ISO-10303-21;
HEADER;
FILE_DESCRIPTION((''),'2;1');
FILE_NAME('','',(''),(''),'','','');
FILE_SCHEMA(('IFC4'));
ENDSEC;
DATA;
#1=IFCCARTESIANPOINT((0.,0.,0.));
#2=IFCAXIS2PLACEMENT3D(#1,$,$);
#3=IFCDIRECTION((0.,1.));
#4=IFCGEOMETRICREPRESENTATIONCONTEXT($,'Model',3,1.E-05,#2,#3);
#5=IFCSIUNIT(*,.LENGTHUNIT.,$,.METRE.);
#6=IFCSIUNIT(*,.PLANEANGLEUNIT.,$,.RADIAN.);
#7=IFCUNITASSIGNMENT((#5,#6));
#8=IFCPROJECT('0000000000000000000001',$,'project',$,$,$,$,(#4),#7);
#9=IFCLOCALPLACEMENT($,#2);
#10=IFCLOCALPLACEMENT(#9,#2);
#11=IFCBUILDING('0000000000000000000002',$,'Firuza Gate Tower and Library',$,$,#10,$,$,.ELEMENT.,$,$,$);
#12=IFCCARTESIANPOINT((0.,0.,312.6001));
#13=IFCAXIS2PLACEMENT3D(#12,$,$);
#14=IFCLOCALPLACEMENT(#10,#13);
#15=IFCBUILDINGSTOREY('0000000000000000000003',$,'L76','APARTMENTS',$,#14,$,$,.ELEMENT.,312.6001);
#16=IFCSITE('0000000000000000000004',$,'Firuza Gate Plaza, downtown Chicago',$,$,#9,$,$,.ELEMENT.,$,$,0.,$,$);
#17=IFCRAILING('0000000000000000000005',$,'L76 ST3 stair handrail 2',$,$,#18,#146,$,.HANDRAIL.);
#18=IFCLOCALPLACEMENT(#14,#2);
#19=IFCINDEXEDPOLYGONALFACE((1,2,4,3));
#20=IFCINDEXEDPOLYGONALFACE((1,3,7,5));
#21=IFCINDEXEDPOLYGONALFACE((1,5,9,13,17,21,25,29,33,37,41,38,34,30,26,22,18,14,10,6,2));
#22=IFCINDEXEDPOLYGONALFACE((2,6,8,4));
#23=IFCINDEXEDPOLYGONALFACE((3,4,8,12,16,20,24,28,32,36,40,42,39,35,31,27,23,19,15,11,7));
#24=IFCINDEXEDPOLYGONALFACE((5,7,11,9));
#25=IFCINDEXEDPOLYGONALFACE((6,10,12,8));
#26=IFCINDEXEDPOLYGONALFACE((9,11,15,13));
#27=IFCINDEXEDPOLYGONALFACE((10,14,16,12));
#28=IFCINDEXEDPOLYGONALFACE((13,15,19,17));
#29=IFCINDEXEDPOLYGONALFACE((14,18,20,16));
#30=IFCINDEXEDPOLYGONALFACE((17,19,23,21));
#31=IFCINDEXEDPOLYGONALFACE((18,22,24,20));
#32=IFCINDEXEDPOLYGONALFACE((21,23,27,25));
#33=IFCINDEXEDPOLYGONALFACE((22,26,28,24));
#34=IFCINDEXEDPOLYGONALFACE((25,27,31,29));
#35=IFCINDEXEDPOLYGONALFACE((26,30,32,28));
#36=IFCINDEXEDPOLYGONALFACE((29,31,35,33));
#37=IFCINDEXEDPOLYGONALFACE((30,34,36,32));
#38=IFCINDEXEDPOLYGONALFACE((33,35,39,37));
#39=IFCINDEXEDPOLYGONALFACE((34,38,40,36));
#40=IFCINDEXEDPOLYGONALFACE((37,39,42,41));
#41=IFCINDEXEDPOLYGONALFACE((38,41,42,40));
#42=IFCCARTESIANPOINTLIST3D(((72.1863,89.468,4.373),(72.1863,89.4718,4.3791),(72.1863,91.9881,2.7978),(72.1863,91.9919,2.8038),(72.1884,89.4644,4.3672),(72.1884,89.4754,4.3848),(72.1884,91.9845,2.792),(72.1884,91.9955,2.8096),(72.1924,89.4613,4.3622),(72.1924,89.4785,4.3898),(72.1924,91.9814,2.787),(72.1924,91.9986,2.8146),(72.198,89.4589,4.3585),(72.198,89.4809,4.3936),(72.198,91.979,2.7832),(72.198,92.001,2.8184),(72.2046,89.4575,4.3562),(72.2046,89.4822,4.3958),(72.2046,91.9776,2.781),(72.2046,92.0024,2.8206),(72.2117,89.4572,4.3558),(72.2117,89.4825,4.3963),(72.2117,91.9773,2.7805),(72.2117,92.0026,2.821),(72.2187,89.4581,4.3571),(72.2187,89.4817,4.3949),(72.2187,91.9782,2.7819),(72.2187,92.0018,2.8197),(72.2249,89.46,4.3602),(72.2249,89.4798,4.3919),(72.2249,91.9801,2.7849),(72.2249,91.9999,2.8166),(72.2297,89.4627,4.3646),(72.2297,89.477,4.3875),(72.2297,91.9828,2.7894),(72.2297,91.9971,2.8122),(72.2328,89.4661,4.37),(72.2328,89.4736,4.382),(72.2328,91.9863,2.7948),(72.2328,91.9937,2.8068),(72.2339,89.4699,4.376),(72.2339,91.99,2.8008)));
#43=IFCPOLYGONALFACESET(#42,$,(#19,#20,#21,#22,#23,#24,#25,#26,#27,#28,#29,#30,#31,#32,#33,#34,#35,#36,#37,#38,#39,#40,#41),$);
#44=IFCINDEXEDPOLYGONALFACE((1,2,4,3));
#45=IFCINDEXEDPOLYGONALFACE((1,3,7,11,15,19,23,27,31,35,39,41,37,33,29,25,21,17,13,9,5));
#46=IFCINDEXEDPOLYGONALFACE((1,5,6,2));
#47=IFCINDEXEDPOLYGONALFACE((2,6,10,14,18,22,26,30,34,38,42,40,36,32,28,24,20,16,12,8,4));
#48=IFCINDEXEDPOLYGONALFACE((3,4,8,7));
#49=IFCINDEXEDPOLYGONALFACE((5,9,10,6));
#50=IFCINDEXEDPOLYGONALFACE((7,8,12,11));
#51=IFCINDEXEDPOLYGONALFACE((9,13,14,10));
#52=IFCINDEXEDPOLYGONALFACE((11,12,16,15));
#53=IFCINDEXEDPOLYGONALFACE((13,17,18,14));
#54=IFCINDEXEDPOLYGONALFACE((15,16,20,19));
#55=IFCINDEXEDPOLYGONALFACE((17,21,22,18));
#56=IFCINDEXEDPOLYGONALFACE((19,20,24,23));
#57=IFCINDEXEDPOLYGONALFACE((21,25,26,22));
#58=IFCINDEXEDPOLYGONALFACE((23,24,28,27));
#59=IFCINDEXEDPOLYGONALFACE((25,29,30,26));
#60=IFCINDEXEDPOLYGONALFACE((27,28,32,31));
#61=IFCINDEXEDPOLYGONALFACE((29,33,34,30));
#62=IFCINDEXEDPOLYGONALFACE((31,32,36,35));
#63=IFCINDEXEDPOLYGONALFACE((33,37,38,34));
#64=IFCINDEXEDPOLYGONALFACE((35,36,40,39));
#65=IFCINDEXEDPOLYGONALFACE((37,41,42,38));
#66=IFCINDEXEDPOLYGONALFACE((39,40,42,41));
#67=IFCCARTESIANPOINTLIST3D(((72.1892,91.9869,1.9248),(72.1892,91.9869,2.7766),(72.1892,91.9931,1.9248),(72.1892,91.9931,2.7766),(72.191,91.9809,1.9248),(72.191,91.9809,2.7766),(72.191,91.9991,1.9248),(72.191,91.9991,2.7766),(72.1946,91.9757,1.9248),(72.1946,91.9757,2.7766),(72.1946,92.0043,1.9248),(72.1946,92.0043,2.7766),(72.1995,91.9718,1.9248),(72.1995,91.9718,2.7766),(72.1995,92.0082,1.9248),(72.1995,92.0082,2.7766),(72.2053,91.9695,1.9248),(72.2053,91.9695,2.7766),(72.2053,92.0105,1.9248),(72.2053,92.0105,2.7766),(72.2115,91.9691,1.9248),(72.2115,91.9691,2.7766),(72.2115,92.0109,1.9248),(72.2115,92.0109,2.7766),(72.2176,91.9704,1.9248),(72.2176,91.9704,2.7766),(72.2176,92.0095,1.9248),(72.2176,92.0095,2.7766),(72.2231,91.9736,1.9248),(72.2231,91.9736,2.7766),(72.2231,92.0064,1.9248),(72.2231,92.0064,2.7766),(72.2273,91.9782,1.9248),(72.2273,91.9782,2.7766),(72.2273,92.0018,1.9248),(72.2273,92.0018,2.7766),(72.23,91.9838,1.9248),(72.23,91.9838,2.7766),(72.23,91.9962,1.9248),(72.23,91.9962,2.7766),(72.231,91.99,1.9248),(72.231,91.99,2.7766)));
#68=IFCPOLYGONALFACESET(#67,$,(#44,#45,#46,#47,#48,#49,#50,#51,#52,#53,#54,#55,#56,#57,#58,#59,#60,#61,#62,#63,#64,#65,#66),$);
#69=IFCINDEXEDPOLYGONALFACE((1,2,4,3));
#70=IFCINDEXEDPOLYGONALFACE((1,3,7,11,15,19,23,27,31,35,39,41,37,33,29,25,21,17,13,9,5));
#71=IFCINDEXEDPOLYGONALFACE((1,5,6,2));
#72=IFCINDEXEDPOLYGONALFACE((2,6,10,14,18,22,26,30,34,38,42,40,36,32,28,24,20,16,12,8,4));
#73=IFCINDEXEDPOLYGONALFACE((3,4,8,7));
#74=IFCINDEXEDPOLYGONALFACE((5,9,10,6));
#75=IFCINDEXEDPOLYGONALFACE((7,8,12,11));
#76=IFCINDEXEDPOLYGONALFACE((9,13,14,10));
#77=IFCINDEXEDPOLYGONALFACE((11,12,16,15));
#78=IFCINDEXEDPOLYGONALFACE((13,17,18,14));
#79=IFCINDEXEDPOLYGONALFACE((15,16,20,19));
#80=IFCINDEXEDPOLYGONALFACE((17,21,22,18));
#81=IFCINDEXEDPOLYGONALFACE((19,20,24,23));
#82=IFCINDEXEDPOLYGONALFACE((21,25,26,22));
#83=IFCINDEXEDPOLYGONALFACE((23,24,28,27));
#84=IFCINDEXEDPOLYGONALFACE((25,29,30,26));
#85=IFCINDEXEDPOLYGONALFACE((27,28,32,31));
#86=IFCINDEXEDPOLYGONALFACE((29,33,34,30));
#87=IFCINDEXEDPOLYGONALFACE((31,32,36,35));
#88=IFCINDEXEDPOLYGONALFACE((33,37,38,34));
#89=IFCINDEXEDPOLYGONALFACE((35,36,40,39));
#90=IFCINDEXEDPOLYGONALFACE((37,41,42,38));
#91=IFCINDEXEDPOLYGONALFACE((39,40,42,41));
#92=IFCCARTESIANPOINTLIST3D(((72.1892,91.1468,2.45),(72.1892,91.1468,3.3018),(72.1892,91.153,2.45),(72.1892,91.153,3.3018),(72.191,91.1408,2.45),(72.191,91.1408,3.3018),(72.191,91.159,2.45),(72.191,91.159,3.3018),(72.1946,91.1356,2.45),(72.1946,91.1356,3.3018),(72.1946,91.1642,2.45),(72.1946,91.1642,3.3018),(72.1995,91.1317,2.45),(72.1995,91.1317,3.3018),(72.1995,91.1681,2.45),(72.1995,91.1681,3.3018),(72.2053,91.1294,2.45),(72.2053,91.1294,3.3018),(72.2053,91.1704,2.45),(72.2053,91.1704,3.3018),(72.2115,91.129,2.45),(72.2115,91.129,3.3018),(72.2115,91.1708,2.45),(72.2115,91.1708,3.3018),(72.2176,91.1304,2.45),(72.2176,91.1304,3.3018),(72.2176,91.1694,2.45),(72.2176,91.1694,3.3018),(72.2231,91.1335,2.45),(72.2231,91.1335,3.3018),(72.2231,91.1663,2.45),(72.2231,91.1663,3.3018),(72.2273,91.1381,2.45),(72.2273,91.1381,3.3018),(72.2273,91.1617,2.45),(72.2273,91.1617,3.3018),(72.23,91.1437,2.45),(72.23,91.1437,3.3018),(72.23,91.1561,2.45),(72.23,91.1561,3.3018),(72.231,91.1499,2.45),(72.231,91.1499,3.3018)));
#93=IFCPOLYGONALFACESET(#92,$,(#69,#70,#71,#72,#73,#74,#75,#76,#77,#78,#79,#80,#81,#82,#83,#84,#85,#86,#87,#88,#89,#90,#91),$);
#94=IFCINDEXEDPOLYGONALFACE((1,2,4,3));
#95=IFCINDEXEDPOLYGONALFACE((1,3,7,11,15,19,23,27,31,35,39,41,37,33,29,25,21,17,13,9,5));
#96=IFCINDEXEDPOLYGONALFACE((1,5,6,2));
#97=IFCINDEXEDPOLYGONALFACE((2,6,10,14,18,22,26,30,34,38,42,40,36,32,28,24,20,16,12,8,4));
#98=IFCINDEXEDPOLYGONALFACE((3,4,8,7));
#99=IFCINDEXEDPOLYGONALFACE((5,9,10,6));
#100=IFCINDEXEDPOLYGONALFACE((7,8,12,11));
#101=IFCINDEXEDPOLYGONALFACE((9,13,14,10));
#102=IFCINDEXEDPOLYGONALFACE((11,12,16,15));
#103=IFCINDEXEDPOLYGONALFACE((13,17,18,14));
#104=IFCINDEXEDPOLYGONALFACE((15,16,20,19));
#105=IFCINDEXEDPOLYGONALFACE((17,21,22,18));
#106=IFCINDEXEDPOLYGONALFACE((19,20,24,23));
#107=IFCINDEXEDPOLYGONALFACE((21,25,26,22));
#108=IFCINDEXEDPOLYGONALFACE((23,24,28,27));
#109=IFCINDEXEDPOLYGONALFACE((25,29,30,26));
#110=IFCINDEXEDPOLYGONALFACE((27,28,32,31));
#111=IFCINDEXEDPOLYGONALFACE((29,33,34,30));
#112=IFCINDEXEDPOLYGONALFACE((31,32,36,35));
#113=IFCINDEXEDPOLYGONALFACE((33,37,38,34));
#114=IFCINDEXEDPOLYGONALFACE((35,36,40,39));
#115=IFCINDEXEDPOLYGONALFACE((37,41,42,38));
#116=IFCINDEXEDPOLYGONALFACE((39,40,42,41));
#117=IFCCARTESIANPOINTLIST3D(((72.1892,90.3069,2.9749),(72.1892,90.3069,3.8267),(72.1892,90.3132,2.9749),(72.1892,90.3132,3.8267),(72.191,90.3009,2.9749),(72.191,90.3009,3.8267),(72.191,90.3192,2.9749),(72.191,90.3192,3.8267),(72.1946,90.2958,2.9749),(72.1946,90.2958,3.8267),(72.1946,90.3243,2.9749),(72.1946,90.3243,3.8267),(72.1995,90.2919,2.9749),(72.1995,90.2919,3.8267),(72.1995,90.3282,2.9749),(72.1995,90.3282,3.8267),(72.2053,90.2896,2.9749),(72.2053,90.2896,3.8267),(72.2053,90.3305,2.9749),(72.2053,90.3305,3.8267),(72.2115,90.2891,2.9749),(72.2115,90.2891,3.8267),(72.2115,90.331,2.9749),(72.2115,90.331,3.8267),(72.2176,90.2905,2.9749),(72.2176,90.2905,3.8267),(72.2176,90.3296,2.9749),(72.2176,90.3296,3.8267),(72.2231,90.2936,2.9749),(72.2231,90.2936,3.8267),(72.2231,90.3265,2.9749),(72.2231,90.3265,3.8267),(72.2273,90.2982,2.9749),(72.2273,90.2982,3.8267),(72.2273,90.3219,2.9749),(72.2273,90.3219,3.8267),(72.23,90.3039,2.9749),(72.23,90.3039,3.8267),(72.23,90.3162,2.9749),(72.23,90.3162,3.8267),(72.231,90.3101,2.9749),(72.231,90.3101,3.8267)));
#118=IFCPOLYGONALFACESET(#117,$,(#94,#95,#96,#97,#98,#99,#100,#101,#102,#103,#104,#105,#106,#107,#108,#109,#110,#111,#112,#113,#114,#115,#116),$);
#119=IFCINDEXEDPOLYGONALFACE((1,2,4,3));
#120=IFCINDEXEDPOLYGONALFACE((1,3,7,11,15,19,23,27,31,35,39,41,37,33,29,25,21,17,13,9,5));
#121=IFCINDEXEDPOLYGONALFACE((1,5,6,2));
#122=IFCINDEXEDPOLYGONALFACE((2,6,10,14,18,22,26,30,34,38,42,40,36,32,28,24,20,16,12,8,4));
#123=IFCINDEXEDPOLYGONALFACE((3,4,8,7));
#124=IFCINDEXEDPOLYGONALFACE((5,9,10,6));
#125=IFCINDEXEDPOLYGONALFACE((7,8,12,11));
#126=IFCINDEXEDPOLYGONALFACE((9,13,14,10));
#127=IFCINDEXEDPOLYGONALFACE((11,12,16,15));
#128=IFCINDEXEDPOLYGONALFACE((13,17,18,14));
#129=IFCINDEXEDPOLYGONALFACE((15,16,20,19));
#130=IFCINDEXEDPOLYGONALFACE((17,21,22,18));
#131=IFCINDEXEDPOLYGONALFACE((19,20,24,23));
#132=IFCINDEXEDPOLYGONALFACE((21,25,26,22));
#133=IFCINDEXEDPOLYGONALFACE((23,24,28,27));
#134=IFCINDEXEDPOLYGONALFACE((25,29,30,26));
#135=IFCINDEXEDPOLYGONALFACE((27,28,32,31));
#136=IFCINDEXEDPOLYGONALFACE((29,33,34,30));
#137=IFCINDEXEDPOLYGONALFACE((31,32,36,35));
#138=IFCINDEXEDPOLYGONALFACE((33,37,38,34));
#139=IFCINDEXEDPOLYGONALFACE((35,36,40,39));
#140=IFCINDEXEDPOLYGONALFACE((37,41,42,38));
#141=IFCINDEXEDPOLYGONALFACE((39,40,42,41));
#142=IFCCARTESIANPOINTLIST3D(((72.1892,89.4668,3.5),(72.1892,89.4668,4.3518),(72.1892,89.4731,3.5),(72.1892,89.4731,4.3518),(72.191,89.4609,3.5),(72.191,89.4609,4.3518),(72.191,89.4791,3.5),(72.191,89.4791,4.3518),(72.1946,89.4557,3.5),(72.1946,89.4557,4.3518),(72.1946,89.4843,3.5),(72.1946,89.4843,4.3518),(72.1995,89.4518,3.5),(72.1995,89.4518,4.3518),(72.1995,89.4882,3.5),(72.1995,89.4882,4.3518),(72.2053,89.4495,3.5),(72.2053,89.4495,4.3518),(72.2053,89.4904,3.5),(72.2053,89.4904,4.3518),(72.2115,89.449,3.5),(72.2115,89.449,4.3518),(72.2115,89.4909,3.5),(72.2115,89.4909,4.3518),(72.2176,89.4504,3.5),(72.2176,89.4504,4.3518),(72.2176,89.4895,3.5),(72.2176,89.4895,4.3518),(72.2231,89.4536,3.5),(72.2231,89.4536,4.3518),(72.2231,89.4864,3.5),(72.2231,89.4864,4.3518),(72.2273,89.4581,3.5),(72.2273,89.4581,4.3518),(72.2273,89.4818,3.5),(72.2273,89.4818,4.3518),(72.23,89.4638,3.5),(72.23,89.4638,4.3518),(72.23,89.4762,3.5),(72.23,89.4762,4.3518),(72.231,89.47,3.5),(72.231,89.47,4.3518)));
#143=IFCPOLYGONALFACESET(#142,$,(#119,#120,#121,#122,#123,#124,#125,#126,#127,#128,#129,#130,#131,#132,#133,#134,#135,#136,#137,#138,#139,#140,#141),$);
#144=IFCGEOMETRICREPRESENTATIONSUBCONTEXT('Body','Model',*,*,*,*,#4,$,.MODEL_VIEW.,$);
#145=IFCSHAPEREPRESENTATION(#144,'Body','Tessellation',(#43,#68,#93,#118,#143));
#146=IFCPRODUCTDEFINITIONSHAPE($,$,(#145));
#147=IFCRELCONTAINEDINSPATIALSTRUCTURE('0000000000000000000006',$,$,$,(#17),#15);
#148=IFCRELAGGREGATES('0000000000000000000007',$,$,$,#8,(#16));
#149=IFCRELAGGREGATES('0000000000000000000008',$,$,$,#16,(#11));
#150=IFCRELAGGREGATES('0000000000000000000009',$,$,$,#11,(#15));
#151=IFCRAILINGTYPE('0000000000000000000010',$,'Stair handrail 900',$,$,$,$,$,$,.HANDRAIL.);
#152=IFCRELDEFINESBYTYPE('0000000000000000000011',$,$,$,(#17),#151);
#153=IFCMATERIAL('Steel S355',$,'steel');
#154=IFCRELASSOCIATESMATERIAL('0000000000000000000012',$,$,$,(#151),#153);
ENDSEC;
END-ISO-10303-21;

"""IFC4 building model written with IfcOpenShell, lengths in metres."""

from ifc_helpers import new_model, si_unit, direction, frame, origin, origin_2d, place, context, subcontext, project, spatial, circle, extrude, material, type_object, element, save


model = new_model("IFC4")

# Units and contexts
model_context = context("Model", 3, precision=1e-05, world=origin(), true_north=direction((0.0, 1.0)))
body_context = subcontext(model_context, "Body", "Model", "MODEL_VIEW")
ifc_project = project(units=[si_unit("LENGTHUNIT", "METRE"), si_unit("PLANEANGLEUNIT", "RADIAN")], contexts=[model_context])

# Site, building, storey
site_placement = place(None, origin())
site = spatial("IfcSite", under=ifc_project, at=site_placement, Name="Firuza Gate Plaza, downtown Chicago", CompositionType="ELEMENT", RefElevation=0.0)
building_placement = place(site_placement, origin())
building = spatial("IfcBuilding", under=site, at=building_placement, Name="Firuza Gate Tower and Library", CompositionType="ELEMENT")
storey_placement = place(building_placement, frame((0.0, 0.0, 312.6001)))
storey = spatial("IfcBuildingStorey", under=building, at=storey_placement, Name="L76", Description="APARTMENTS", CompositionType="ELEMENT", Elevation=312.6001)

# Railing
ifc_material_1 = material(Name="Steel S355", Category="steel")
railing_type_1 = type_object("IfcRailingType", Name="Stair handrail 900", PredefinedType="HANDRAIL", material=ifc_material_1)
railing_1_placement = place(storey_placement, frame((72.21, 91.99, 1.9248)))
element("IfcRailing", 1, at=railing_1_placement, inside=storey, type_object=railing_type_1, Name="L76 ST3 stair handrail 2", PredefinedType="HANDRAIL", context=body_context, shape_type="SweptSolid", body=[
    extrude(circle(Radius=0.0239, at=origin_2d()), frame((0.0, 0.0, 0.876), z_axis=(0.0, -0.847971, 0.530043), x_axis=(1.0, 0.0, 0.0)), (0.0, 0.0, 1.0), 2.9719),
    extrude(circle(Radius=0.021, at=origin_2d()), origin(), (0.0, 0.0, 1.0), 0.8518),
    extrude(circle(Radius=0.021, at=origin_2d()), frame((0.0, -0.8401, 0.5251)), (0.0, 0.0, 1.0), 0.8518),
    extrude(circle(Radius=0.021, at=origin_2d()), frame((0.0, -1.6799, 1.05)), (0.0, 0.0, 1.0), 0.8518),
    extrude(circle(Radius=0.021, at=origin_2d()), frame((0.0, -2.52, 1.5752)), (0.0, 0.0, 1.0), 0.8518),
])

save(model, "model.ifc")
